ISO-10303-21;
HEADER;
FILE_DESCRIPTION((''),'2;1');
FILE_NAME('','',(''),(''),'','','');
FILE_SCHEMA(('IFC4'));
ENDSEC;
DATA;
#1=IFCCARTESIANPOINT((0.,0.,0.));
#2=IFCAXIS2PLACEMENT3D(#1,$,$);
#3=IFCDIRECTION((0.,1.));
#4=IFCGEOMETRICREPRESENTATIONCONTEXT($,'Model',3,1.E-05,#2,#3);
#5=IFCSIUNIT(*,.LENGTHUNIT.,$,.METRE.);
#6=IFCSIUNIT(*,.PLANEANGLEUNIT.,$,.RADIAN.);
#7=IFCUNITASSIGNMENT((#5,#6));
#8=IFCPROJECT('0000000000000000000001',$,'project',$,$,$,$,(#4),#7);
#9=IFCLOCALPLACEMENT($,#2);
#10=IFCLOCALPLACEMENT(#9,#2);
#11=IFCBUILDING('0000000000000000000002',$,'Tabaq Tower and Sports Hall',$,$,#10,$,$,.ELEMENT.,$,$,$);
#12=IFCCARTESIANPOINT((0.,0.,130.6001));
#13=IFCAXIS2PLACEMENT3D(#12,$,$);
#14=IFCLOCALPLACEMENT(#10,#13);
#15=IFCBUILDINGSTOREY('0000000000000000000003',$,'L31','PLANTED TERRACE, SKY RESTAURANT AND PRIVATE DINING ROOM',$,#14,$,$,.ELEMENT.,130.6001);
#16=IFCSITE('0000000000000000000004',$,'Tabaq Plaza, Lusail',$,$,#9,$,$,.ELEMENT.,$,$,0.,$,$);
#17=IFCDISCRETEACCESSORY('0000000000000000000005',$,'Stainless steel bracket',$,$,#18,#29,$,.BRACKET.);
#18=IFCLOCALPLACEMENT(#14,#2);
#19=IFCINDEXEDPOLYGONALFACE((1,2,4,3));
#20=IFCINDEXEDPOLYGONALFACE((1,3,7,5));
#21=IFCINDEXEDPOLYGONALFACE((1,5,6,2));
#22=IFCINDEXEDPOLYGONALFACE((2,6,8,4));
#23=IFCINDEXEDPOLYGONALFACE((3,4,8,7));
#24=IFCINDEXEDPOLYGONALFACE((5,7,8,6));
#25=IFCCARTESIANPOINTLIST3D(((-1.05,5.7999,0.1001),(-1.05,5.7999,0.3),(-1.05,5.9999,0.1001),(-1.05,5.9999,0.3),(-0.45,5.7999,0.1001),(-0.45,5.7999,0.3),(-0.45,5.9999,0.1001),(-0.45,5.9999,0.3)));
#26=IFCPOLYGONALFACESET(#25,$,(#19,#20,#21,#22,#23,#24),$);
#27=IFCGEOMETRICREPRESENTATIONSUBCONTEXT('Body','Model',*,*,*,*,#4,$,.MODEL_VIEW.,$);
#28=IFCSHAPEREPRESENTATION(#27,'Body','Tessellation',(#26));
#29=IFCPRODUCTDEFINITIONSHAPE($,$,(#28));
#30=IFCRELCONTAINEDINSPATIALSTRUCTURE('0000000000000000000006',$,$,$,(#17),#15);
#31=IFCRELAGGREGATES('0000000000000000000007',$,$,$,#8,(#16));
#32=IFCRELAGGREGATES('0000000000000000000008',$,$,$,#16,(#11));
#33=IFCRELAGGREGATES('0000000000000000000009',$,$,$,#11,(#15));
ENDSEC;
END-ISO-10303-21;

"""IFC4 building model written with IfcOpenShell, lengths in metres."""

from ifc_helpers import new_model, si_unit, direction, frame, origin, origin_2d, place, context, subcontext, project, spatial, rectangle, extrude, element, save


model = new_model("IFC4")

# Units and contexts
model_context = context("Model", 3, precision=1e-05, world=origin(), true_north=direction((0.0, 1.0)))
body_context = subcontext(model_context, "Body", "Model", "MODEL_VIEW")
ifc_project = project(units=[si_unit("LENGTHUNIT", "METRE"), si_unit("PLANEANGLEUNIT", "RADIAN")], contexts=[model_context])

# Site, building, storey
site_placement = place(None, origin())
site = spatial("IfcSite", under=ifc_project, at=site_placement, Name="Tabaq Plaza, Lusail", CompositionType="ELEMENT", RefElevation=0.0)
building_placement = place(site_placement, origin())
building = spatial("IfcBuilding", under=site, at=building_placement, Name="Tabaq Tower and Sports Hall", CompositionType="ELEMENT")
storey_placement = place(building_placement, frame((0.0, 0.0, 130.6001)))
storey = spatial("IfcBuildingStorey", under=building, at=storey_placement, Name="L31", Description="PLANTED TERRACE, SKY RESTAURANT AND PRIVATE DINING ROOM", CompositionType="ELEMENT", Elevation=130.6001)

# Discrete accessory
for number, where, z_axis, x_axis, name in (
    (1, (-0.75, 5.8999, 0.1001), (0.0, 0.0, 1.0), (-1.0, 0.0, 0.0), "Stainless steel bracket"),
):
    element("IfcDiscreteAccessory", number, at=place(storey_placement, frame(where, z_axis=z_axis, x_axis=x_axis)), inside=storey, Name=name, PredefinedType="BRACKET", context=body_context, shape_type="SweptSolid", body=[
        extrude(rectangle(XDim=0.6001, YDim=0.2, at=origin_2d()), origin(), (0.0, 0.0, 1.0), 0.2),
    ])

save(model, "model.ifc")
